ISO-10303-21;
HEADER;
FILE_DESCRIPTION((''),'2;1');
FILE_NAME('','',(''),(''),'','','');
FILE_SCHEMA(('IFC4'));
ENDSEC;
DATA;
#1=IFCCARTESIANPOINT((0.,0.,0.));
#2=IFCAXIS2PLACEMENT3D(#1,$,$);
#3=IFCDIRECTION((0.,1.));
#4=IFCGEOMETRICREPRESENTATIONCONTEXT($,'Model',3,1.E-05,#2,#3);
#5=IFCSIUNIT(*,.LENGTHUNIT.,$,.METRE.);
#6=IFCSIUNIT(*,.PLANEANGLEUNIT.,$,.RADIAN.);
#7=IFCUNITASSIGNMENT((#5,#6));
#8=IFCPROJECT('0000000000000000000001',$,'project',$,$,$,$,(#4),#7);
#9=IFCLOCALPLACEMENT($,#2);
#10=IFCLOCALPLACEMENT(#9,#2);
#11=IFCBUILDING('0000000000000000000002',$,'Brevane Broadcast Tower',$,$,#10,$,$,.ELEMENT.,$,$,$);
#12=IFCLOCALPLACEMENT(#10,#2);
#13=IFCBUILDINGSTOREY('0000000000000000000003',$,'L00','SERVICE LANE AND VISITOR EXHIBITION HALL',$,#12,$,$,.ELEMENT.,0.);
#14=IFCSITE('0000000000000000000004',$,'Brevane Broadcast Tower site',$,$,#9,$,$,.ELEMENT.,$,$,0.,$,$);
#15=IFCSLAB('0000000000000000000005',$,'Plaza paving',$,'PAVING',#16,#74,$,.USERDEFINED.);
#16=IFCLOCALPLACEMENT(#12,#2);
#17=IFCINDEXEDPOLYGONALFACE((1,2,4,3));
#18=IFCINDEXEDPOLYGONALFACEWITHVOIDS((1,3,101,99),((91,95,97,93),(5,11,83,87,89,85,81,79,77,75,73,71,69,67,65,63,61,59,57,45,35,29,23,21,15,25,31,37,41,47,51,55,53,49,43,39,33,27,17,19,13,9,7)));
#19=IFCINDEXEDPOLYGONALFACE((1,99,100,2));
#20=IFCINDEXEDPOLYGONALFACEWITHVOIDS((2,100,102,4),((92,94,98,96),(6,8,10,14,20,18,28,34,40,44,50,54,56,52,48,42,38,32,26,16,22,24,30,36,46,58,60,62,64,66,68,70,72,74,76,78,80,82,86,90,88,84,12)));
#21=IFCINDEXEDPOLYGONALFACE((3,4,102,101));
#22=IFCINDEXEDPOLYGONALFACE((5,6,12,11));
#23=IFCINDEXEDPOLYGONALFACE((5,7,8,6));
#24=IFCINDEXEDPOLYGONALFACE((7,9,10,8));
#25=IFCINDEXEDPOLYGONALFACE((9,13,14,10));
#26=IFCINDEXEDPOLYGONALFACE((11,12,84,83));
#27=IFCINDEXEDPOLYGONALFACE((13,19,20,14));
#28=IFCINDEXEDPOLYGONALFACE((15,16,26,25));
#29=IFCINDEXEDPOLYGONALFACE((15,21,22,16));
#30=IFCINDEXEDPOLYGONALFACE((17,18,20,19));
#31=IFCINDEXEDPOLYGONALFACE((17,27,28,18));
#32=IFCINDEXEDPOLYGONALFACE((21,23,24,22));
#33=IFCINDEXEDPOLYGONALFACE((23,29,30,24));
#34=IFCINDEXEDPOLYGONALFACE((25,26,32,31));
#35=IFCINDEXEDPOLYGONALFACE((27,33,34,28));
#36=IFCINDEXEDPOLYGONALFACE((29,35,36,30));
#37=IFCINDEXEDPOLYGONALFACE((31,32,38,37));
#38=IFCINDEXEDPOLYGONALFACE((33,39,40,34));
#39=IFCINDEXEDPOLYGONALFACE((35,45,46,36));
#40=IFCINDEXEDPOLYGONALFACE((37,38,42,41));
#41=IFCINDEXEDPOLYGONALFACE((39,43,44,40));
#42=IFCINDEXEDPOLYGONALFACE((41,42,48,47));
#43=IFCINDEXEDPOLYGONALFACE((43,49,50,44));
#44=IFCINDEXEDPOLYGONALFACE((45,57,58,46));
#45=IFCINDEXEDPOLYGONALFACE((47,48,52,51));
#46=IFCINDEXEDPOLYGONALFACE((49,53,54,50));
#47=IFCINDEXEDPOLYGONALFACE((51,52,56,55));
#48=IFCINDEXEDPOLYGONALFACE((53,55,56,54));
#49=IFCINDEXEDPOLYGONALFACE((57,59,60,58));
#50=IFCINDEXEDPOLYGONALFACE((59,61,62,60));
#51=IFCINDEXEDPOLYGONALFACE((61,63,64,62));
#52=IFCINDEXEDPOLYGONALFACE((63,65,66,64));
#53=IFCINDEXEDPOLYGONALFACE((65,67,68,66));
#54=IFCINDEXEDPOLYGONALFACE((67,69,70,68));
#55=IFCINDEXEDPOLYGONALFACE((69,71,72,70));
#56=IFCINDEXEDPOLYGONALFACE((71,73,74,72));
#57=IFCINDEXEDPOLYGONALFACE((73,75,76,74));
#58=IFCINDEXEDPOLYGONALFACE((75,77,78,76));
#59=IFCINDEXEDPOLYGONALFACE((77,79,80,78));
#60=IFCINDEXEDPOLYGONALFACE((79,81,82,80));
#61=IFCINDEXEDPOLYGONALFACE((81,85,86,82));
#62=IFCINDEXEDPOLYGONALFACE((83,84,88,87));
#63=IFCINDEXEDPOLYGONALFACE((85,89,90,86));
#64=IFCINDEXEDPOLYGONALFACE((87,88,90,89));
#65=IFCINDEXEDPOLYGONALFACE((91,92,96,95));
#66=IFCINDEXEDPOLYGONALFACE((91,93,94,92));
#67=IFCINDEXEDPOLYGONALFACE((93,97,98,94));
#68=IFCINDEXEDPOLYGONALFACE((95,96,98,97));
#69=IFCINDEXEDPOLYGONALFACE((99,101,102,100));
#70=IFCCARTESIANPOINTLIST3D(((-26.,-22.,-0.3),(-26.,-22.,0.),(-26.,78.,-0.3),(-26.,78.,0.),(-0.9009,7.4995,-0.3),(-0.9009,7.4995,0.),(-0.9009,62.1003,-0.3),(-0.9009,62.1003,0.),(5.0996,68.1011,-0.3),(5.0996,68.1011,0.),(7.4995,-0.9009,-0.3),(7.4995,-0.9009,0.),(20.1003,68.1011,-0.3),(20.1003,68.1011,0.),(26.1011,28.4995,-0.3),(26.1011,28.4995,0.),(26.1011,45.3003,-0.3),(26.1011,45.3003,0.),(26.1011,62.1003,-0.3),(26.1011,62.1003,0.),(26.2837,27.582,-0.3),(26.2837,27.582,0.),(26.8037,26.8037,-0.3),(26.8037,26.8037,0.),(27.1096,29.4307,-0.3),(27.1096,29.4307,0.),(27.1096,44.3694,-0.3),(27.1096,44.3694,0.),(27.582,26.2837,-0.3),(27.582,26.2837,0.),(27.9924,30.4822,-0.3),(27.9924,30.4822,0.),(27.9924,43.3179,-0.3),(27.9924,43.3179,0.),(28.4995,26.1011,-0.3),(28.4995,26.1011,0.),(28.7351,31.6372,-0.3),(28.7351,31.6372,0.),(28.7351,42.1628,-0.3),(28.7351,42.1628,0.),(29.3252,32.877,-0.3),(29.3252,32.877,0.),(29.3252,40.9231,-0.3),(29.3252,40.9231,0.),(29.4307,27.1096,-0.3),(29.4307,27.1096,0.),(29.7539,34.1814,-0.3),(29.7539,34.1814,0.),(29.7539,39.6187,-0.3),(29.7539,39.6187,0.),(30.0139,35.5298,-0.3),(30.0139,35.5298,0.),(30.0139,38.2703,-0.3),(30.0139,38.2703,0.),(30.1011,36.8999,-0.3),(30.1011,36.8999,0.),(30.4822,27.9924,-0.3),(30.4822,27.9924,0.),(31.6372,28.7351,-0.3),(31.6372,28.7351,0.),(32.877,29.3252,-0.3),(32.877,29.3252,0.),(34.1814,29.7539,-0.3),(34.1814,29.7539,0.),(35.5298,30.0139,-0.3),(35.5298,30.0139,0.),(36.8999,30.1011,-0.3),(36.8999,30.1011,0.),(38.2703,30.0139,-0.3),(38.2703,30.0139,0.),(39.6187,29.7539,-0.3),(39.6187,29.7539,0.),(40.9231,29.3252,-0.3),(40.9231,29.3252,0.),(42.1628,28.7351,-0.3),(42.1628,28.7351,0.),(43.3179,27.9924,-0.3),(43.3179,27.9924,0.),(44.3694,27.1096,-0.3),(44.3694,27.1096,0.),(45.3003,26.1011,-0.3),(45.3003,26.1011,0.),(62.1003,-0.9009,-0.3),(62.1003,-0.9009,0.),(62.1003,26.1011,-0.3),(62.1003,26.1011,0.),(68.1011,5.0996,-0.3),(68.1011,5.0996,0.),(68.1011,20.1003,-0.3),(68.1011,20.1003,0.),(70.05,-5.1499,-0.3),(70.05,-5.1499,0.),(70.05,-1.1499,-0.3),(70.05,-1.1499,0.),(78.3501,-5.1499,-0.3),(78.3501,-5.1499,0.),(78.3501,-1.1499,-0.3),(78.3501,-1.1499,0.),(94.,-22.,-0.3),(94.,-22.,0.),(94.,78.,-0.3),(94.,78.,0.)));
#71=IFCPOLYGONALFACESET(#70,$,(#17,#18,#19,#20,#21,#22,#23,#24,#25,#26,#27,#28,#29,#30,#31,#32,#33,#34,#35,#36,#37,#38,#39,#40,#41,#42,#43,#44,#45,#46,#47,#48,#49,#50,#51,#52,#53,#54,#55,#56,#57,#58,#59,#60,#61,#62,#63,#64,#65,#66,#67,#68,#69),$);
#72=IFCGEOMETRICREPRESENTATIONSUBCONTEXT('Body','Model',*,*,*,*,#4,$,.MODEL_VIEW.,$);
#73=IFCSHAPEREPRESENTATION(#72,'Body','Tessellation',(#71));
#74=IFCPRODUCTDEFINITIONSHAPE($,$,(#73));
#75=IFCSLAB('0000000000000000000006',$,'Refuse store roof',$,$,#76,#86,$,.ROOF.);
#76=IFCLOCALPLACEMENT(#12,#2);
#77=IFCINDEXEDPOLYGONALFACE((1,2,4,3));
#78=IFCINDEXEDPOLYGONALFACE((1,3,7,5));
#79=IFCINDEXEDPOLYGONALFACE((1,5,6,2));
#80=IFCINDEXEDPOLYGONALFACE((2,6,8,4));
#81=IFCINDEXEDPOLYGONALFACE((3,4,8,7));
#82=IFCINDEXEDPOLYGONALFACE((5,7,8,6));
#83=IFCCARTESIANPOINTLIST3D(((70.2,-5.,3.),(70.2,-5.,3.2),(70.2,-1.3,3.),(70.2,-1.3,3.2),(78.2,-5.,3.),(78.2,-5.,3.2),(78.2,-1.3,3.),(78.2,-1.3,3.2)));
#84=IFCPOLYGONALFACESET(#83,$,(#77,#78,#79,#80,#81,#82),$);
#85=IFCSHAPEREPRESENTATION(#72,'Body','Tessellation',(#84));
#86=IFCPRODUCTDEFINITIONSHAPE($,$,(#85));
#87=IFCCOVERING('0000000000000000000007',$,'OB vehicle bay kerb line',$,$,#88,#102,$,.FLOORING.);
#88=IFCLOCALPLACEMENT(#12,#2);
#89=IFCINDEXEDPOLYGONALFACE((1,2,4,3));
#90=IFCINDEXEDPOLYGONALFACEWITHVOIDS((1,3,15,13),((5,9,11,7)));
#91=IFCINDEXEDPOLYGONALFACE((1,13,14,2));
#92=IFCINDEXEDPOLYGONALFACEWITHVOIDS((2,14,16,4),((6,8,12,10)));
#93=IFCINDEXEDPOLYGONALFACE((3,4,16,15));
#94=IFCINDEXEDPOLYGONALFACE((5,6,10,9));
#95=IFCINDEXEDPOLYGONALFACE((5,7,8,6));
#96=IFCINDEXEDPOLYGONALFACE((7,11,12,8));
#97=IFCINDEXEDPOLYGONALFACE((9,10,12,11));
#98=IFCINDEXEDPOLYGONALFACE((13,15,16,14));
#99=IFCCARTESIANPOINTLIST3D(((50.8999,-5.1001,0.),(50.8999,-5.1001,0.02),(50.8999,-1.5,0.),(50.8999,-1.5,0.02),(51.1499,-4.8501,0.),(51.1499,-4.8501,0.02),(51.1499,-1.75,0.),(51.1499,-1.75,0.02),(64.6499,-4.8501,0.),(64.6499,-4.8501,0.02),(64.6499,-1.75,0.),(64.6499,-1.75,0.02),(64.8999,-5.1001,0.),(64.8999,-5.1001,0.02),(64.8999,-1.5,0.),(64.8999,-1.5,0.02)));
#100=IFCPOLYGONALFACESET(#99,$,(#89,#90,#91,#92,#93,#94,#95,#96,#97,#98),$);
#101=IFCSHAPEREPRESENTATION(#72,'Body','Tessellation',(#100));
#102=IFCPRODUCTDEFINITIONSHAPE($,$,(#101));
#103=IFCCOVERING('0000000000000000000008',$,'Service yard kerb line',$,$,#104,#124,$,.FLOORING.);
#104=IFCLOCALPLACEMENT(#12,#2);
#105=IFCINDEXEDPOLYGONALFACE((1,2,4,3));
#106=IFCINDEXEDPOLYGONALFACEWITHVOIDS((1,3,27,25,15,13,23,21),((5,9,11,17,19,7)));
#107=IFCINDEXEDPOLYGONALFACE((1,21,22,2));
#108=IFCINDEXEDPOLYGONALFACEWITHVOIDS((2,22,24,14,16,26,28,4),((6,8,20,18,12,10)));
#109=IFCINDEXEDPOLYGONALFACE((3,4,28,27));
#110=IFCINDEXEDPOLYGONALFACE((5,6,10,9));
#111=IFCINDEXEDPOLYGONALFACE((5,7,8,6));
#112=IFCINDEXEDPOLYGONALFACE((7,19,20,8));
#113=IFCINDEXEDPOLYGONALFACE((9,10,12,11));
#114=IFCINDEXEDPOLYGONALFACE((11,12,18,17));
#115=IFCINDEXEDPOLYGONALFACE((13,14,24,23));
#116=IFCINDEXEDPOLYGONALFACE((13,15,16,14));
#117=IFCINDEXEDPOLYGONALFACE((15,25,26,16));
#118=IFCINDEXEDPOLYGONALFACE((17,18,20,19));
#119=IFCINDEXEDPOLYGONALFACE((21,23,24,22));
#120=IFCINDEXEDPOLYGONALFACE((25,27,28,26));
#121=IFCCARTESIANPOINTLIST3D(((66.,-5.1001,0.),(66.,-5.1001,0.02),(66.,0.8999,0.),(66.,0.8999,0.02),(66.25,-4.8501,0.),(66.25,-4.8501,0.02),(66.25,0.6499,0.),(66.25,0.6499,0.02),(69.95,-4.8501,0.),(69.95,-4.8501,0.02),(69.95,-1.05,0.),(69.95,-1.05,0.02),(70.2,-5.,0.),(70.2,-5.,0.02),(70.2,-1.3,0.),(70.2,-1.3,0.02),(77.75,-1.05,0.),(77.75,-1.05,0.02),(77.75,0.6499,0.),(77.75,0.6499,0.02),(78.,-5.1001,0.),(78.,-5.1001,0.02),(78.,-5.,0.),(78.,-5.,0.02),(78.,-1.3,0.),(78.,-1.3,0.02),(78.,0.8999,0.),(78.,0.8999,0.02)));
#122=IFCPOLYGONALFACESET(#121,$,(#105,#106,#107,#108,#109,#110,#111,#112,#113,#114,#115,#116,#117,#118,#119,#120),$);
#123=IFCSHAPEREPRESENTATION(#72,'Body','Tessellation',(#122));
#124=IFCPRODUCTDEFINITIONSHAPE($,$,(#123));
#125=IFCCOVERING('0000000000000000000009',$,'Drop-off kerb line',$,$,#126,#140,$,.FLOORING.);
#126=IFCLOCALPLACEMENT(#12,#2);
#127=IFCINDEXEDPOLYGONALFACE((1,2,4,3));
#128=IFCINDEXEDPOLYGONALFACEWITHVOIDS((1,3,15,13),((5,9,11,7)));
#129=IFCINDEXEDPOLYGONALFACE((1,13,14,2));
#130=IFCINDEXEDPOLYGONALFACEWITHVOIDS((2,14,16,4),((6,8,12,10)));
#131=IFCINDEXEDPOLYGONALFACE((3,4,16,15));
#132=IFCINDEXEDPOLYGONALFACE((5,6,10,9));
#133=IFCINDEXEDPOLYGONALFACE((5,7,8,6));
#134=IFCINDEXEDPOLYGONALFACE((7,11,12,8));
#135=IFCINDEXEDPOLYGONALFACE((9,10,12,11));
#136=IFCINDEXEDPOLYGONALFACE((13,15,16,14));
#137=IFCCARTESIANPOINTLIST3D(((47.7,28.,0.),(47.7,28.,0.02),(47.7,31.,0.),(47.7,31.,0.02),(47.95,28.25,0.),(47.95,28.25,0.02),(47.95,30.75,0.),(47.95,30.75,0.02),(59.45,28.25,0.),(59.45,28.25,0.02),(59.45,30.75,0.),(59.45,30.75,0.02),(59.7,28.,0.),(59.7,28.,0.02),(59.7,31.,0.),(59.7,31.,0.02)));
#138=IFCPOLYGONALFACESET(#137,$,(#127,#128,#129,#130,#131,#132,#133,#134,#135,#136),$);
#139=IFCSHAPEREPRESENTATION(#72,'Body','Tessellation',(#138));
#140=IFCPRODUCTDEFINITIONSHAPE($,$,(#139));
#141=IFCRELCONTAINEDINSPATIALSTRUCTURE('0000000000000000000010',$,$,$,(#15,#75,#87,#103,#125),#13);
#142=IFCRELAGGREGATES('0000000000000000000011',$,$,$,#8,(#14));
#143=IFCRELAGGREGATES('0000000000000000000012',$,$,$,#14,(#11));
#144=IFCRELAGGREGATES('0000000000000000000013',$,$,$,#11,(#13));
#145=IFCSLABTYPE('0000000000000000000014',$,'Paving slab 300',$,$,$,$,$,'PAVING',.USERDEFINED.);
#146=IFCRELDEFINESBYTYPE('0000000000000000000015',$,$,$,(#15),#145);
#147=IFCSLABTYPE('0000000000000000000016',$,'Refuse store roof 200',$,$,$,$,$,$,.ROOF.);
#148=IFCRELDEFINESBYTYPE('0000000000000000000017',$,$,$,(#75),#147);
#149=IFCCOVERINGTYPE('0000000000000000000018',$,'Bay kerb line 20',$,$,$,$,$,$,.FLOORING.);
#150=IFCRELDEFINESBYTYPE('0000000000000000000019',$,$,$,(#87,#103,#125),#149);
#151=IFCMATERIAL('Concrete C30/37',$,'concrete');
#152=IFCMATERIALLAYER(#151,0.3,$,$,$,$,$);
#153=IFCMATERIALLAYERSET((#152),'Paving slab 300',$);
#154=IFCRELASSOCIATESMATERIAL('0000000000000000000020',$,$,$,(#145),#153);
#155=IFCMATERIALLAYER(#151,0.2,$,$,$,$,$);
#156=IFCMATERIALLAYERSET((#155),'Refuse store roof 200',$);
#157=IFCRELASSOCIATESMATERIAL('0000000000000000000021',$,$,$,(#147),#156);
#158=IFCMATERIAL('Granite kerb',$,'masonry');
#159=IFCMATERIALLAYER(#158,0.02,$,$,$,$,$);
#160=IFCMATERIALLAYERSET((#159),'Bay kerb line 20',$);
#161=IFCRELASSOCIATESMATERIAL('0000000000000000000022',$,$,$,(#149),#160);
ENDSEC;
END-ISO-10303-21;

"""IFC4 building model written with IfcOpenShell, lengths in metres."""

from ifc_helpers import new_model, si_unit, direction, frame, origin, place, context, subcontext, project, spatial, polyline, outline, extrude, material, layer, layer_set, type_object, element, save


model = new_model("IFC4")

# Units and contexts
model_context = context("Model", 3, precision=1e-05, world=origin(), true_north=direction((0.0, 1.0)))
body_context = subcontext(model_context, "Body", "Model", "MODEL_VIEW")
ifc_project = project(units=[si_unit("LENGTHUNIT", "METRE"), si_unit("PLANEANGLEUNIT", "RADIAN")], contexts=[model_context])

# Site, building, storey
site_placement = place(None, origin())
site = spatial("IfcSite", under=ifc_project, at=site_placement, Name="Brevane Broadcast Tower site", CompositionType="ELEMENT", RefElevation=0.0)
building_placement = place(site_placement, origin())
building = spatial("IfcBuilding", under=site, at=building_placement, Name="Brevane Broadcast Tower", CompositionType="ELEMENT")
storey_placement = place(building_placement, origin())
storey = spatial("IfcBuildingStorey", under=building, at=storey_placement, Name="L00", Description="SERVICE LANE AND VISITOR EXHIBITION HALL", CompositionType="ELEMENT", Elevation=0.0)

# Shared definitions
ifc_material_1 = material(Name="Concrete C30/37", Category="concrete")

# Slabs
ifc_layer_1 = layer(ifc_material_1, 0.3)
ifc_layer_set_1 = layer_set([ifc_layer_1], Name="Paving slab 300")
slab_type_1 = type_object("IfcSlabType", Name="Paving slab 300", ElementType="PAVING", PredefinedType="USERDEFINED", material=ifc_layer_set_1)
slab_1_placement = place(storey_placement, frame((0.0, 0.0, -0.3)))
element("IfcSlab", 1, at=slab_1_placement, inside=storey, type_object=slab_type_1, Name="Plaza paving", ObjectType="PAVING", PredefinedType="USERDEFINED", context=body_context, shape_type="SweptSolid", body=[
    extrude(outline(polyline([(-26.0, -22.0), (94.0, -22.0), (94.0, 78.0), (-26.0, 78.0), (-26.0, -22.0)]), holes=[polyline([(68.1011, 5.0996), (68.1011, 20.1003), (62.1003, 26.1011), (45.3003, 26.1011), (44.3694, 27.1096), (43.3179, 27.9924), (42.1628, 28.7351), (40.9231, 29.3252), (39.6187, 29.7539), (38.2703, 30.0139), (36.8999, 30.1011), (35.5298, 30.0139), (34.1814, 29.7539), (32.877, 29.3252), (31.6372, 28.7351), (30.4822, 27.9924), (29.4307, 27.1096), (28.4995, 26.1011), (27.582, 26.2837), (26.8037, 26.8037), (26.2837, 27.582), (26.1011, 28.4995), (27.1096, 29.4307), (27.9924, 30.4822), (28.7351, 31.6372), (29.3252, 32.877), (29.7539, 34.1814), (30.0139, 35.5298), (30.1011, 36.8999), (30.0139, 38.2703), (29.7539, 39.6187), (29.3252, 40.9231), (28.7351, 42.1628), (27.9924, 43.3179), (27.1096, 44.3694), (26.1011, 45.3003), (26.1011, 62.1003), (20.1003, 68.1011), (5.0996, 68.1011), (-0.9009, 62.1003), (-0.9009, 7.4995), (7.4995, -0.9009), (62.1003, -0.9009), (68.1011, 5.0996)]), polyline([(78.3501, -1.1499), (70.05, -1.1499), (70.05, -5.1499), (78.3501, -5.1499), (78.3501, -1.1499)])]), origin(), (0.0, 0.0, 1.0), 0.3),
])
ifc_layer_2 = layer(ifc_material_1, 0.2)
ifc_layer_set_2 = layer_set([ifc_layer_2], Name="Refuse store roof 200")
slab_type_2 = type_object("IfcSlabType", Name="Refuse store roof 200", PredefinedType="ROOF", material=ifc_layer_set_2)
slab_2_placement = place(storey_placement, frame((0.0, 0.0, 3.0)))
element("IfcSlab", 2, at=slab_2_placement, inside=storey, type_object=slab_type_2, Name="Refuse store roof", PredefinedType="ROOF", context=body_context, shape_type="SweptSolid", body=[
    extrude(outline(polyline([(70.2, -5.0), (78.2, -5.0), (78.2, -1.3), (70.2, -1.3), (70.2, -5.0)])), origin(), (0.0, 0.0, 1.0), 0.2),
])

# Coverings
ifc_material_2 = material(Name="Granite kerb", Category="masonry")
ifc_layer_3 = layer(ifc_material_2, 0.02)
ifc_layer_set_3 = layer_set([ifc_layer_3], Name="Bay kerb line 20")
covering_type_1 = type_object("IfcCoveringType", Name="Bay kerb line 20", PredefinedType="FLOORING", material=ifc_layer_set_3)
covering_1_placement = place(storey_placement, origin())
element("IfcCovering", 3, at=covering_1_placement, inside=storey, type_object=covering_type_1, Name="OB vehicle bay kerb line", PredefinedType="FLOORING", context=body_context, shape_type="SweptSolid", body=[
    extrude(outline(polyline([(50.8999, -5.1001), (64.8999, -5.1001), (64.8999, -1.5), (50.8999, -1.5), (50.8999, -5.1001)]), holes=[polyline([(64.6499, -4.8501), (64.6499, -1.75), (51.1499, -1.75), (51.1499, -4.8501), (64.6499, -4.8501)])]), origin(), (0.0, 0.0, 1.0), 0.02),
])
covering_2_placement = place(storey_placement, origin())
element("IfcCovering", 4, at=covering_2_placement, inside=storey, type_object=covering_type_1, Name="Service yard kerb line", PredefinedType="FLOORING", context=body_context, shape_type="SweptSolid", body=[
    extrude(outline(polyline([(66.0, -5.1001), (78.0, -5.1001), (78.0, -5.0), (70.2, -5.0), (70.2, -1.3), (78.0, -1.3), (78.0, 0.8999), (66.0, 0.8999), (66.0, -5.1001)]), holes=[polyline([(69.95, -4.8501), (69.95, -1.05), (77.75, -1.05), (77.75, 0.6499), (66.25, 0.6499), (66.25, -4.8501), (69.95, -4.8501)])]), origin(), (0.0, 0.0, 1.0), 0.02),
])
covering_3_placement = place(storey_placement, origin())
element("IfcCovering", 5, at=covering_3_placement, inside=storey, type_object=covering_type_1, Name="Drop-off kerb line", PredefinedType="FLOORING", context=body_context, shape_type="SweptSolid", body=[
    extrude(outline(polyline([(47.7, 28.0), (59.7, 28.0), (59.7, 31.0), (47.7, 31.0), (47.7, 28.0)]), holes=[polyline([(59.45, 28.25), (59.45, 30.75), (47.95, 30.75), (47.95, 28.25), (59.45, 28.25)])]), origin(), (0.0, 0.0, 1.0), 0.02),
])

save(model, "model.ifc")
